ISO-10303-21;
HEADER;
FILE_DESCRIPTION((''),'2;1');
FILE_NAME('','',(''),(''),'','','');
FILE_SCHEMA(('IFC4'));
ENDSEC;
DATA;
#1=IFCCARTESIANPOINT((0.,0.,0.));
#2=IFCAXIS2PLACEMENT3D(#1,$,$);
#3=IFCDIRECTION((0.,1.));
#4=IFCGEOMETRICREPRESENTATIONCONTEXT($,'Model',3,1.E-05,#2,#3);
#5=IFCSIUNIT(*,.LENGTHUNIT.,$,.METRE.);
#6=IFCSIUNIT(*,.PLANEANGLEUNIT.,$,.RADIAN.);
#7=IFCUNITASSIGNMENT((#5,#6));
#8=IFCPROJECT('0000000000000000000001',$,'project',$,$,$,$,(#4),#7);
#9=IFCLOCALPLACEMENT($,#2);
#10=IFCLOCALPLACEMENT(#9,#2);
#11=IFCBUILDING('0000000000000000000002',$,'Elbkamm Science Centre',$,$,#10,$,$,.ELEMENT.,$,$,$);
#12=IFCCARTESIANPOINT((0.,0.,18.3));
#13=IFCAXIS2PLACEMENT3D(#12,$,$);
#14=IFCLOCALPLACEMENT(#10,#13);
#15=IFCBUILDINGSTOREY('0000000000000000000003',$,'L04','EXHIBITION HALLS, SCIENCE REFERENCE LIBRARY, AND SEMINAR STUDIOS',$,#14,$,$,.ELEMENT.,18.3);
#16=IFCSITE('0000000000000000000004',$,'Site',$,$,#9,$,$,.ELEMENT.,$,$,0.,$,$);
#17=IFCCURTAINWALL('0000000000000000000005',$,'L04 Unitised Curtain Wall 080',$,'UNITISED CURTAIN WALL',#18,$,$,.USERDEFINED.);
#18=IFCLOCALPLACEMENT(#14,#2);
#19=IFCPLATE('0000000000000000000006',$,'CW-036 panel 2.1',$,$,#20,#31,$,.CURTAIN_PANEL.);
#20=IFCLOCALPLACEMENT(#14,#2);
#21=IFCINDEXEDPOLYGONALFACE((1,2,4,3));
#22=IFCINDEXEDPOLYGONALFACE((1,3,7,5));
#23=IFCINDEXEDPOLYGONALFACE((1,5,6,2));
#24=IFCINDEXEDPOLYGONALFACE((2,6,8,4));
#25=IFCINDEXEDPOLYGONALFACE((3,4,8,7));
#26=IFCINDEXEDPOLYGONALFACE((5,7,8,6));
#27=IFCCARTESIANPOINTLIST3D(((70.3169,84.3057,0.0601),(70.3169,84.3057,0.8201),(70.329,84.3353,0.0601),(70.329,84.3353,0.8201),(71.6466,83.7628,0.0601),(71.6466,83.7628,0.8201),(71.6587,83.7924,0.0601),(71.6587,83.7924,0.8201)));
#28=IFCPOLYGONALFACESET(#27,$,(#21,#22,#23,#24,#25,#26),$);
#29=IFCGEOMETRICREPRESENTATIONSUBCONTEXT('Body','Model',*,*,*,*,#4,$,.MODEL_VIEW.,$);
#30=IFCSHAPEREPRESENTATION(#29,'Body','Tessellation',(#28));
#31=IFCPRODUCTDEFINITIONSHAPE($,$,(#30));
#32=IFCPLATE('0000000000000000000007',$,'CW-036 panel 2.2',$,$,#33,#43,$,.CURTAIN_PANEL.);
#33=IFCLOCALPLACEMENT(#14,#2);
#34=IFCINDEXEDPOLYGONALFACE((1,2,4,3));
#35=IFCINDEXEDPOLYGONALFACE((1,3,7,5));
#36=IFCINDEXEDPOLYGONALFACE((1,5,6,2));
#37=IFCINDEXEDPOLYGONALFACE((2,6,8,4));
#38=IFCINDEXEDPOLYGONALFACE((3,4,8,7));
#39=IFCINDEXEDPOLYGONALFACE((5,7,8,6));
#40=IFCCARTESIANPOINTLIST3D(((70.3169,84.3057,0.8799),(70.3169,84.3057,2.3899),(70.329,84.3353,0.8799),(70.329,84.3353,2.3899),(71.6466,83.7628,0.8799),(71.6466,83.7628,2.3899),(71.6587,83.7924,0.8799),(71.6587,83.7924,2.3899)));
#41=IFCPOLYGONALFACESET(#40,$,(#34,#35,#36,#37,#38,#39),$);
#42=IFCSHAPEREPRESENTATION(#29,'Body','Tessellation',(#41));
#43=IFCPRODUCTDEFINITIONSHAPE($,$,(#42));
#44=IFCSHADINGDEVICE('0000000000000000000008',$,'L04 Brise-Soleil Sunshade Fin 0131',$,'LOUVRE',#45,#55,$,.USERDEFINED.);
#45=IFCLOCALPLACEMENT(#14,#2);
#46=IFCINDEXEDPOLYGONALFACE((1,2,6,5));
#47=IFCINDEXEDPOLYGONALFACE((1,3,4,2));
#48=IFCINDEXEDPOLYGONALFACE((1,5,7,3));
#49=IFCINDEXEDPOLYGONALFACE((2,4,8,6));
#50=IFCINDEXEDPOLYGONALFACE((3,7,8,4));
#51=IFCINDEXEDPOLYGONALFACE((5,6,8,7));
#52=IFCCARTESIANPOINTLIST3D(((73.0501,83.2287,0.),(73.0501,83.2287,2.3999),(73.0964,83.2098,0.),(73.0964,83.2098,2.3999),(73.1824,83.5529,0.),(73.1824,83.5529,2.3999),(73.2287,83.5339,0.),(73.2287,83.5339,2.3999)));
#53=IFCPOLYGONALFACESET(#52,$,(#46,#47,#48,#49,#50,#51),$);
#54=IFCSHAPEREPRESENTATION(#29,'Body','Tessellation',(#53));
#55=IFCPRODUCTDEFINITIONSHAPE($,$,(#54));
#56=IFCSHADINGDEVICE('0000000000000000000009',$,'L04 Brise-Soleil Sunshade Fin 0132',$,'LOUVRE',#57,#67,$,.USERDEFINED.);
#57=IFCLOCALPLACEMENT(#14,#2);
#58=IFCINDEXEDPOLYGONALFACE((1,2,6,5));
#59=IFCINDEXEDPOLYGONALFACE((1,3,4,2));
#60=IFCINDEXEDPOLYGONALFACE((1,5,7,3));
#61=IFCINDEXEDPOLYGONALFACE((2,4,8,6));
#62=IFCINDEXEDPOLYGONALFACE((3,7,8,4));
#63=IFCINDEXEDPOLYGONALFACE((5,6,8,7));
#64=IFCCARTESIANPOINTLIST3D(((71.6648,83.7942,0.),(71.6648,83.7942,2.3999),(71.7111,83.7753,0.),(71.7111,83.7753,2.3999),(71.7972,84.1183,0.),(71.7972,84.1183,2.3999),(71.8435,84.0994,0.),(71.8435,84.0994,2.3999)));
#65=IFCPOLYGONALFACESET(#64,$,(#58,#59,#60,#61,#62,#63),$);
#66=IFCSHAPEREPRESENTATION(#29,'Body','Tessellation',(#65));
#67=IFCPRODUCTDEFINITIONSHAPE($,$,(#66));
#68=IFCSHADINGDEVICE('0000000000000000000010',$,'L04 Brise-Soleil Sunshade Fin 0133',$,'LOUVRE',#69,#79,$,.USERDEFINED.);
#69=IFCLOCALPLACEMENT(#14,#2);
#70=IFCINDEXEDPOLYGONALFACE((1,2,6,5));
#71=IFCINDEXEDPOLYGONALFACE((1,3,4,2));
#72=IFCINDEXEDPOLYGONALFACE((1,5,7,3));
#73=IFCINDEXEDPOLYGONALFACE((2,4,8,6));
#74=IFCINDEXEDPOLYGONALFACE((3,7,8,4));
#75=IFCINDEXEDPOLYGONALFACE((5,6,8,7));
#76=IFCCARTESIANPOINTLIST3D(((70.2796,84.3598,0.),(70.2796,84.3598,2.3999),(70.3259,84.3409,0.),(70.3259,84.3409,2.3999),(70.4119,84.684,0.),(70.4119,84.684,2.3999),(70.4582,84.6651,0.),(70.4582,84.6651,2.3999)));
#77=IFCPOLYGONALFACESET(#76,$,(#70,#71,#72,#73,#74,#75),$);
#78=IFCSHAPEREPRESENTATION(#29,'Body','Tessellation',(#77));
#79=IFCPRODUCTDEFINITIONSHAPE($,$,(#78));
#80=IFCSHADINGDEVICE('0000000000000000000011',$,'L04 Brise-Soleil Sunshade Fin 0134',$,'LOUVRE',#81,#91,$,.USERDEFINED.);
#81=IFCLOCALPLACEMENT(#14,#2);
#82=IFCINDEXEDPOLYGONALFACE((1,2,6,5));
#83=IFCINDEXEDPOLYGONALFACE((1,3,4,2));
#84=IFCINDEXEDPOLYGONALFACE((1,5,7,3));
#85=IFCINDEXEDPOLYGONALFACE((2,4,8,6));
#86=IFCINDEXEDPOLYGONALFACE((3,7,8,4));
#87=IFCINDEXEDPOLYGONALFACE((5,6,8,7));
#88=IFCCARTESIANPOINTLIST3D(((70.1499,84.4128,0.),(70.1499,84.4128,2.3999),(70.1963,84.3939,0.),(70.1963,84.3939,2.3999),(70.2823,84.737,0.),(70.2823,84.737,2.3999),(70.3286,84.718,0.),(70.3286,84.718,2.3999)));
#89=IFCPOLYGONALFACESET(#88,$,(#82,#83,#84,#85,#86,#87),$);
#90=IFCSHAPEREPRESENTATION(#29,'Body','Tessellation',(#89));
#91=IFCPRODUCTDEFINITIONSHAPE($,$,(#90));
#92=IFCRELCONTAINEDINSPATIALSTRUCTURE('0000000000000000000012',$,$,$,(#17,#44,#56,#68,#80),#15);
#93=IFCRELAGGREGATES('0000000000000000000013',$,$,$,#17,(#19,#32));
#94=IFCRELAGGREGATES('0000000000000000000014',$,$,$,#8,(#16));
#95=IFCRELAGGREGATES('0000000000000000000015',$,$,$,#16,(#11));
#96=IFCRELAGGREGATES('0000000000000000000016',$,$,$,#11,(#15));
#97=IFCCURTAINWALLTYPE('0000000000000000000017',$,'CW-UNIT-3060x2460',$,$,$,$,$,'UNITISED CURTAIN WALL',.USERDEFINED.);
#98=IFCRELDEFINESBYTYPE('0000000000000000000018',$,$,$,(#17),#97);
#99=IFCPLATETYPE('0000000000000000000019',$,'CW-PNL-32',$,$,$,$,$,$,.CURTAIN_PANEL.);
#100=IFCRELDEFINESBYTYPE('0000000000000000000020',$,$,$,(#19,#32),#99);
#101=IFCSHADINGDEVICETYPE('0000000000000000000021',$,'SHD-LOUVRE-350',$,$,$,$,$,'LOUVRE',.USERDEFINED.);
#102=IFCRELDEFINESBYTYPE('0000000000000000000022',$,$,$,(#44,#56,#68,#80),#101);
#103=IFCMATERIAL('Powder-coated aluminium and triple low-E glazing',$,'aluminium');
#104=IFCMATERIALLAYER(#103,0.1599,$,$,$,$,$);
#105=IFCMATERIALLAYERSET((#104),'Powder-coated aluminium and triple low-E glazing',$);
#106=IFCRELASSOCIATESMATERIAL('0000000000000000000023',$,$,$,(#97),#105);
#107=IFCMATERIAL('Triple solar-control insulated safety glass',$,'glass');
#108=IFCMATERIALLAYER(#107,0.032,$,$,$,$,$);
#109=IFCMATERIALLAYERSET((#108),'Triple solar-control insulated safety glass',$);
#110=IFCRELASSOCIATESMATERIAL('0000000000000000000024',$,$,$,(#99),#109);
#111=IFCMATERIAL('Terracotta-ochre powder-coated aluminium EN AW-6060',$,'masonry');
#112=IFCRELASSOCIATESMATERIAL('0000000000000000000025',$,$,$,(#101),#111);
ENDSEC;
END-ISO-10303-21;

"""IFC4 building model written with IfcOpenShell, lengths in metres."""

from ifc_helpers import new_model, si_unit, direction, frame, origin, origin_2d, place, context, subcontext, project, spatial, rectangle, extrude, material, layer, layer_set, type_object, element, aggregate, save


model = new_model("IFC4")

# Units and contexts
model_context = context("Model", 3, precision=1e-05, world=origin(), true_north=direction((0.0, 1.0)))
body_context = subcontext(model_context, "Body", "Model", "MODEL_VIEW")
ifc_project = project(units=[si_unit("LENGTHUNIT", "METRE"), si_unit("PLANEANGLEUNIT", "RADIAN")], contexts=[model_context])

# Site, building, storey
site_placement = place(None, origin())
site = spatial("IfcSite", under=ifc_project, at=site_placement, Name="Site", CompositionType="ELEMENT", RefElevation=0.0)
building_placement = place(site_placement, origin())
building = spatial("IfcBuilding", under=site, at=building_placement, Name="Elbkamm Science Centre", CompositionType="ELEMENT")
storey_placement = place(building_placement, frame((0.0, 0.0, 18.3)))
storey = spatial("IfcBuildingStorey", under=building, at=storey_placement, Name="L04", Description="EXHIBITION HALLS, SCIENCE REFERENCE LIBRARY, AND SEMINAR STUDIOS", CompositionType="ELEMENT", Elevation=18.3)

# Shared definitions
ifc_material_1 = material(Name="Powder-coated aluminium and triple low-E glazing", Category="aluminium")

# Curtain wall
ifc_layer_1 = layer(ifc_material_1, 0.1599)
ifc_layer_set_1 = layer_set([ifc_layer_1], Name="Powder-coated aluminium and triple low-E glazing")
curtain_wall_type_1 = type_object("IfcCurtainWallType", Name="CW-UNIT-3060x2460", ElementType="UNITISED CURTAIN WALL", PredefinedType="USERDEFINED", material=ifc_layer_set_1)
curtain_wall_1_placement = place(storey_placement, origin())
curtain_wall_1 = element("IfcCurtainWall", 1, at=curtain_wall_1_placement, inside=storey, type_object=curtain_wall_type_1, Name="L04 Unitised Curtain Wall 080", ObjectType="UNITISED CURTAIN WALL", PredefinedType="USERDEFINED")

# Plates
ifc_material_2 = material(Name="Triple solar-control insulated safety glass", Category="glass")
ifc_layer_2 = layer(ifc_material_2, 0.032)
ifc_layer_set_2 = layer_set([ifc_layer_2], Name="Triple solar-control insulated safety glass")
plate_type = type_object("IfcPlateType", Name="CW-PNL-32", PredefinedType="CURTAIN_PANEL", material=ifc_layer_set_2)
plate_1_placement = place(storey_placement, frame((70.9878, 84.0491, 0.0601), z_axis=(0.0, 0.0, 1.0), x_axis=(-0.925805, 0.378001, 0.0)))
plate_1 = element("IfcPlate", 2, at=plate_1_placement, type_object=plate_type, Name="CW-036 panel 2.1", PredefinedType="CURTAIN_PANEL", context=body_context, shape_type="SweptSolid", body=[
    extrude(rectangle(XDim=1.4363, YDim=0.032, at=origin_2d()), origin(), (0.0, 0.0, 1.0), 0.76),
])
plate_2_placement = place(storey_placement, frame((70.9878, 84.0491, 0.8799), z_axis=(0.0, 0.0, 1.0), x_axis=(-0.925805, 0.378001, 0.0)))
plate_2 = element("IfcPlate", 3, at=plate_2_placement, type_object=plate_type, Name="CW-036 panel 2.2", PredefinedType="CURTAIN_PANEL", context=body_context, shape_type="SweptSolid", body=[
    extrude(rectangle(XDim=1.4363, YDim=0.032, at=origin_2d()), origin(), (0.0, 0.0, 1.0), 1.51),
])
aggregate(curtain_wall_1, [plate_1, plate_2])

# Shading devices
ifc_material_3 = material(Name="Terracotta-ochre powder-coated aluminium EN AW-6060", Category="masonry")
shading_device_type = type_object("IfcShadingDeviceType", Name="SHD-LOUVRE-350", ElementType="LOUVRE", PredefinedType="USERDEFINED", material=ifc_material_3)
for number, where, z_axis, x_axis, name in (
    (4, (73.1394, 83.3813, 0.0), (0.0, 0.0, 1.0), (0.378001, 0.925805, 0.0), "L04 Brise-Soleil Sunshade Fin 0131"),
    (5, (71.7542, 83.9468, 0.0), (0.0, 0.0, 1.0), (0.378001, 0.925805, 0.0), "L04 Brise-Soleil Sunshade Fin 0132"),
    (6, (70.3689, 84.5125, 0.0), (0.0, 0.0, 1.0), (0.378001, 0.925805, 0.0), "L04 Brise-Soleil Sunshade Fin 0133"),
    (7, (70.2393, 84.5654, 0.0), (0.0, 0.0, 1.0), (0.378001, 0.925805, 0.0), "L04 Brise-Soleil Sunshade Fin 0134"),
):
    element("IfcShadingDevice", number, at=place(storey_placement, frame(where, z_axis=z_axis, x_axis=x_axis)), inside=storey, type_object=shading_device_type, Name=name, ObjectType="LOUVRE", PredefinedType="USERDEFINED", context=body_context, shape_type="SweptSolid", body=[
        extrude(rectangle(XDim=0.3501, YDim=0.05, at=origin_2d()), origin(), (0.0, 0.0, 1.0), 2.3999),
    ])

save(model, "model.ifc")
